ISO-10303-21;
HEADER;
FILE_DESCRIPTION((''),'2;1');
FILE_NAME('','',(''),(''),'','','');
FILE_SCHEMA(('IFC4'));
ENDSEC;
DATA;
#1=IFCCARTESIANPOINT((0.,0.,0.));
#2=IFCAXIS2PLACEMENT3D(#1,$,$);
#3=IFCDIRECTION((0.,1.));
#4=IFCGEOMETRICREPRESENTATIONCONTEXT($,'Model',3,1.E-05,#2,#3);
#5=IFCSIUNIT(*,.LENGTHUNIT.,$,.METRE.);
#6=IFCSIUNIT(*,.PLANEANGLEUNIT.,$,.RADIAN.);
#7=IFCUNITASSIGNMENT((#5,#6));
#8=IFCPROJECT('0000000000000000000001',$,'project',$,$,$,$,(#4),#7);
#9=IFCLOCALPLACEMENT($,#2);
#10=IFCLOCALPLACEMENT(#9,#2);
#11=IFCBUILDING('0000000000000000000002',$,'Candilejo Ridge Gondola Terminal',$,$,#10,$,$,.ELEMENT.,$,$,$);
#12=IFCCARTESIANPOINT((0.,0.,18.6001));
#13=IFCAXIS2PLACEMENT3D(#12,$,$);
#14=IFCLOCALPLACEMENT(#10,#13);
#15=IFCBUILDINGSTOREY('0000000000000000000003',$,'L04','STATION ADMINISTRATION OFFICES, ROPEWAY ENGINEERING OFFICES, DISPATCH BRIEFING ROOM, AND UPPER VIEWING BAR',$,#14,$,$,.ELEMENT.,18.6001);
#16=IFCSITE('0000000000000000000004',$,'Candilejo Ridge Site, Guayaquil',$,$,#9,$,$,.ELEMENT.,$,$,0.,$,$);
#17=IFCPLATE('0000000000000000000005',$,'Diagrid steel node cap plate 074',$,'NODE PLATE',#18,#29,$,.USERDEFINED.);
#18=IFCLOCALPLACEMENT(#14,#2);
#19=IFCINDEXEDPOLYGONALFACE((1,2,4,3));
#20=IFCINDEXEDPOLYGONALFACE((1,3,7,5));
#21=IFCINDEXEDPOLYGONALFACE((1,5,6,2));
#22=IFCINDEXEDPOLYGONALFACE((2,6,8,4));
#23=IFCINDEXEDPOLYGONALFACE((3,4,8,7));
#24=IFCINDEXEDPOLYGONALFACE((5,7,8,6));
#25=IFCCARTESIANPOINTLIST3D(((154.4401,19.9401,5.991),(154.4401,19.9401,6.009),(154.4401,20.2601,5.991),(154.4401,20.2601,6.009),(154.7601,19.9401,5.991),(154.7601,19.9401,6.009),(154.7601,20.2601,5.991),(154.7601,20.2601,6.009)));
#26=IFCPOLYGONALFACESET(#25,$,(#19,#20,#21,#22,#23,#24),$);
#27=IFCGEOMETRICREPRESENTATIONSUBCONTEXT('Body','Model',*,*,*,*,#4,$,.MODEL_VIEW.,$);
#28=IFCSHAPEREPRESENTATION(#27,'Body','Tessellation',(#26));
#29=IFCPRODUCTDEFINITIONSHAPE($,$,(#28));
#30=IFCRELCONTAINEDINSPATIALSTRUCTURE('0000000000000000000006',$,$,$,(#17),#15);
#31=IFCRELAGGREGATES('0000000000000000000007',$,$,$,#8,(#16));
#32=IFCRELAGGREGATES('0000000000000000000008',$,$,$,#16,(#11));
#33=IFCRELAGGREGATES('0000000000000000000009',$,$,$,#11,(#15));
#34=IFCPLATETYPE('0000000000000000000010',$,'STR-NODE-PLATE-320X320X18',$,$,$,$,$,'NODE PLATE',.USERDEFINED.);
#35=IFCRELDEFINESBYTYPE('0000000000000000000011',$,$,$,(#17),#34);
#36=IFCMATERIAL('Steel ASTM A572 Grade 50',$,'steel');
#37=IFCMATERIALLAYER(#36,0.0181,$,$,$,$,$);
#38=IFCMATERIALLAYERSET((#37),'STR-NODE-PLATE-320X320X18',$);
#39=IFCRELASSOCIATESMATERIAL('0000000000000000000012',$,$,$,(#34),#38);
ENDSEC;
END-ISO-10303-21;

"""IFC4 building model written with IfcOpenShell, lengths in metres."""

from ifc_helpers import new_model, si_unit, direction, frame, origin, origin_2d, place, context, subcontext, project, spatial, rectangle, extrude, material, layer, layer_set, type_object, element, save


model = new_model("IFC4")

# Units and contexts
model_context = context("Model", 3, precision=1e-05, world=origin(), true_north=direction((0.0, 1.0)))
body_context = subcontext(model_context, "Body", "Model", "MODEL_VIEW")
ifc_project = project(units=[si_unit("LENGTHUNIT", "METRE"), si_unit("PLANEANGLEUNIT", "RADIAN")], contexts=[model_context])

# Site, building, storey
site_placement = place(None, origin())
site = spatial("IfcSite", under=ifc_project, at=site_placement, Name="Candilejo Ridge Site, Guayaquil", CompositionType="ELEMENT", RefElevation=0.0)
building_placement = place(site_placement, origin())
building = spatial("IfcBuilding", under=site, at=building_placement, Name="Candilejo Ridge Gondola Terminal", CompositionType="ELEMENT")
storey_placement = place(building_placement, frame((0.0, 0.0, 18.6001)))
storey = spatial("IfcBuildingStorey", under=building, at=storey_placement, Name="L04", Description="STATION ADMINISTRATION OFFICES, ROPEWAY ENGINEERING OFFICES, DISPATCH BRIEFING ROOM, AND UPPER VIEWING BAR", CompositionType="ELEMENT", Elevation=18.6001)

# Plate
ifc_material_1 = material(Name="Steel ASTM A572 Grade 50", Category="steel")
ifc_layer_1 = layer(ifc_material_1, 0.0181)
ifc_layer_set_1 = layer_set([ifc_layer_1], Name="STR-NODE-PLATE-320X320X18")
plate_type_1 = type_object("IfcPlateType", Name="STR-NODE-PLATE-320X320X18", ElementType="NODE PLATE", PredefinedType="USERDEFINED", material=ifc_layer_set_1)
plate_1_placement = place(storey_placement, frame((154.6001, 20.1001, 5.991), z_axis=(0.0, 0.0, 1.0), x_axis=(1.0, 0.0, 0.0)))
element("IfcPlate", 1, at=plate_1_placement, inside=storey, type_object=plate_type_1, Name="Diagrid steel node cap plate 074", ObjectType="NODE PLATE", PredefinedType="USERDEFINED", context=body_context, shape_type="SweptSolid", body=[
    extrude(rectangle(XDim=0.3201, YDim=0.3201, at=origin_2d()), origin(), (0.0, 0.0, 1.0), 0.0181),
])

save(model, "model.ifc")
